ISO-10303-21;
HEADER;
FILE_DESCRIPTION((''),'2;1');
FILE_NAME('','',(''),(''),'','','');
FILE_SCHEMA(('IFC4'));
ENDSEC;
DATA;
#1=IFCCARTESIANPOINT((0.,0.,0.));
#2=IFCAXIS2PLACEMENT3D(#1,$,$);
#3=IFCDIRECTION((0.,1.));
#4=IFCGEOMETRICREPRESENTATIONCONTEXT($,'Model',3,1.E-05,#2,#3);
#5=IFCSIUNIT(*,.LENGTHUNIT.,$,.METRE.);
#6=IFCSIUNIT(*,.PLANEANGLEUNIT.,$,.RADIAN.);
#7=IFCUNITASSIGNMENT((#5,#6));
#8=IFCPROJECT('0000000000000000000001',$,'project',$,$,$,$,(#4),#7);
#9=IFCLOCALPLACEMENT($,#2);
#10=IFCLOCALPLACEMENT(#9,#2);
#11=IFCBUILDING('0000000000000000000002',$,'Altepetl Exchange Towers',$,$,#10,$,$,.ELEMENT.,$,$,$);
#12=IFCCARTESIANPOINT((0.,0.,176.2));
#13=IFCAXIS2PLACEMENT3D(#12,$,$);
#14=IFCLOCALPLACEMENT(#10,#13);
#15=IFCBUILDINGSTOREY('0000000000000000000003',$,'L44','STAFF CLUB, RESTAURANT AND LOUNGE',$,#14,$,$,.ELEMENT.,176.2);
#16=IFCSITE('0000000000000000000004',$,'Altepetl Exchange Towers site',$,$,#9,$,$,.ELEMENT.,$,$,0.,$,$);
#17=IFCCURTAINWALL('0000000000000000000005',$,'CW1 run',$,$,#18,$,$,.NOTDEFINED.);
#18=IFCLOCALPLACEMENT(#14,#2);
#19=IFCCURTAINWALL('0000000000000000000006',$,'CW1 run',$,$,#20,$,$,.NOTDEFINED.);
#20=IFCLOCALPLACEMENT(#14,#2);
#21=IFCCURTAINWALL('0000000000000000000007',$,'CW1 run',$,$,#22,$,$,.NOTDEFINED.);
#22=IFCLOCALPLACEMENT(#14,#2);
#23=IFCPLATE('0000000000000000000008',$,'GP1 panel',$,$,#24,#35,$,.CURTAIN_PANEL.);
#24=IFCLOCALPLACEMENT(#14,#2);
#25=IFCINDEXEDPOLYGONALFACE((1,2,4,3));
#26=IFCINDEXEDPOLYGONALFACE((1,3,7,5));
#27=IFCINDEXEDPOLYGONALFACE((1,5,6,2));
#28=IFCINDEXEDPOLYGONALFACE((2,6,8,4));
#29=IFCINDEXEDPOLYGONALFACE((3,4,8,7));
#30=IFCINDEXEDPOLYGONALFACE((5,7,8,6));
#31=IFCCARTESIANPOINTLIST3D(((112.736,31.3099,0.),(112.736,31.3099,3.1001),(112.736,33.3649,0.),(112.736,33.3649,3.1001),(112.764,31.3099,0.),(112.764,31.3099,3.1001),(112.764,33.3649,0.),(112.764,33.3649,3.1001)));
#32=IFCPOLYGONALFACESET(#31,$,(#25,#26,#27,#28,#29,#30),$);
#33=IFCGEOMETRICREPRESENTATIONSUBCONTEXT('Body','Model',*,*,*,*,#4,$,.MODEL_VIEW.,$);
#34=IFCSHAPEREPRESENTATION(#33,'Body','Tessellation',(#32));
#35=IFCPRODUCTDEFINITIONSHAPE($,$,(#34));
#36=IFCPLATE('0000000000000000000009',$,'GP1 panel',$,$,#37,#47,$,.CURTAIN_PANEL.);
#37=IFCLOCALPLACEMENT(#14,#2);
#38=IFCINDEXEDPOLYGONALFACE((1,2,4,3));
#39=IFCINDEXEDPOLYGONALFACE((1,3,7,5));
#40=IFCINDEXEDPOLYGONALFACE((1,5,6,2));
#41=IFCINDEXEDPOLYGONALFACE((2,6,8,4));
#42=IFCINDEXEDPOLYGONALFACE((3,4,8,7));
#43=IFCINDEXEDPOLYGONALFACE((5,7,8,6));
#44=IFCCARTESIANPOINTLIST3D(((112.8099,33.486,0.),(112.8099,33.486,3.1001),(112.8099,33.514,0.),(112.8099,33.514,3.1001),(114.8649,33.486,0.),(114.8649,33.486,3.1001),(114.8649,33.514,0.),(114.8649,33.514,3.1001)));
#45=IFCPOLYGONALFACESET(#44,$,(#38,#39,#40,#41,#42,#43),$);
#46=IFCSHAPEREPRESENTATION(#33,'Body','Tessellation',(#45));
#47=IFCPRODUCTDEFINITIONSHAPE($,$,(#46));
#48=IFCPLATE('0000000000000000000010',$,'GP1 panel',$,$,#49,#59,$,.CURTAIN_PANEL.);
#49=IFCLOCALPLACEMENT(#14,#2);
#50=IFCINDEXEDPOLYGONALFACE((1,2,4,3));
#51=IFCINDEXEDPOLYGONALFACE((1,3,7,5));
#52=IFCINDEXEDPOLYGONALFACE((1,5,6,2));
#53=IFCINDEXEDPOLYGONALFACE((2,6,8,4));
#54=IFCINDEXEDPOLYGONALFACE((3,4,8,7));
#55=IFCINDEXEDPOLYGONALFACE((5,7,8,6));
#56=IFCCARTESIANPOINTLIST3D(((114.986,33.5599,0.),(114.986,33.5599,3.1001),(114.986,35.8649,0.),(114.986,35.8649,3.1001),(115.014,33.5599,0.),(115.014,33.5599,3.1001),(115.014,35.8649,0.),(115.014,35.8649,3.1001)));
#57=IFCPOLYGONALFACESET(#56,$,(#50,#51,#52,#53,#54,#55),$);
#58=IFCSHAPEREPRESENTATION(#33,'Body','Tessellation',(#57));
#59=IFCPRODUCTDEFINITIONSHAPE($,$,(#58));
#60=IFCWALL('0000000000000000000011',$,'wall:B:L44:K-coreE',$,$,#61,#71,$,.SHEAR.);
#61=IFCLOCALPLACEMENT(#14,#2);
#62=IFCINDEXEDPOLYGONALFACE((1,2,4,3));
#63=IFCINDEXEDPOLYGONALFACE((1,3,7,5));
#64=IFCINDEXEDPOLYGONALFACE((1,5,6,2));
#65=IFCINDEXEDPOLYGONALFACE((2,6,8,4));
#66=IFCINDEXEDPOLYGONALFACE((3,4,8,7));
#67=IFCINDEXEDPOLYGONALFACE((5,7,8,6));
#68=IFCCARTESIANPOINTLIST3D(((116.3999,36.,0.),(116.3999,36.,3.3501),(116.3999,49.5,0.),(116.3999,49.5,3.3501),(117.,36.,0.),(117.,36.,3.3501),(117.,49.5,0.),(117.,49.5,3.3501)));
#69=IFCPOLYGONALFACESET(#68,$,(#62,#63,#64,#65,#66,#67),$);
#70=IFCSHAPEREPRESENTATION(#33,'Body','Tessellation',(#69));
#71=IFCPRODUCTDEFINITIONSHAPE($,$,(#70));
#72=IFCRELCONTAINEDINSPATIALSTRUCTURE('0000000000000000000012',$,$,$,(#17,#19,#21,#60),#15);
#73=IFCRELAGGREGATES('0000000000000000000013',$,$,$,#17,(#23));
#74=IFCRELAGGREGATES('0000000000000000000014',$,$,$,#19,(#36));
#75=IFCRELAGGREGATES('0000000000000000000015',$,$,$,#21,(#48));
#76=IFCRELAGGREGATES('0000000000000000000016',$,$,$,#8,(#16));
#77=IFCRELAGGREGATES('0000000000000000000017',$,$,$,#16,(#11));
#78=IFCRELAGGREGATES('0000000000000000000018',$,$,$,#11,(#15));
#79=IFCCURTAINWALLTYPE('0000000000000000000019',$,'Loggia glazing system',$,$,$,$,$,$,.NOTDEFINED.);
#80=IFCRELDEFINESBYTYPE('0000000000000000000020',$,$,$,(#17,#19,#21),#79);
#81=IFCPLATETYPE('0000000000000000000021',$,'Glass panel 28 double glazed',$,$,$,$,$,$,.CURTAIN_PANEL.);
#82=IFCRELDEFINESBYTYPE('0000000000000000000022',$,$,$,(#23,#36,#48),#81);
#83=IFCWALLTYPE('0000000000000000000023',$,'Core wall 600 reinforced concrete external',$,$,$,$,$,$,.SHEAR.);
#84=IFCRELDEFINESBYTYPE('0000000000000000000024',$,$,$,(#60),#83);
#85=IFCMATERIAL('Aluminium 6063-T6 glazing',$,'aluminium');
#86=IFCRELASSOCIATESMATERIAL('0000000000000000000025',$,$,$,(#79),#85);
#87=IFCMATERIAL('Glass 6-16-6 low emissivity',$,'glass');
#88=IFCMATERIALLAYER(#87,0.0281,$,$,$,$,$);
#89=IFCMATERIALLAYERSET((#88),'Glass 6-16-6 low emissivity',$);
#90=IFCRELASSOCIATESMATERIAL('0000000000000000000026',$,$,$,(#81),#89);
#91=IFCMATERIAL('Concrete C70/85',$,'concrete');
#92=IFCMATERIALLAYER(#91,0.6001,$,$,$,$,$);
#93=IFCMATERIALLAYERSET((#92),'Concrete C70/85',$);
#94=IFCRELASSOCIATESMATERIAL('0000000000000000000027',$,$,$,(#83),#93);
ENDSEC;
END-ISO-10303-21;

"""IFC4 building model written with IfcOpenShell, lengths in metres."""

from ifc_helpers import new_model, si_unit, direction, frame, frame_2d, origin, origin_2d, place, context, subcontext, project, spatial, rectangle, extrude, material, layer, layer_set, type_object, element, aggregate, save


model = new_model("IFC4")

# Units and contexts
model_context = context("Model", 3, precision=1e-05, world=origin(), true_north=direction((0.0, 1.0)))
body_context = subcontext(model_context, "Body", "Model", "MODEL_VIEW")
ifc_project = project(units=[si_unit("LENGTHUNIT", "METRE"), si_unit("PLANEANGLEUNIT", "RADIAN")], contexts=[model_context])

# Site, building, storey
site_placement = place(None, origin())
site = spatial("IfcSite", under=ifc_project, at=site_placement, Name="Altepetl Exchange Towers site", CompositionType="ELEMENT", RefElevation=0.0)
building_placement = place(site_placement, origin())
building = spatial("IfcBuilding", under=site, at=building_placement, Name="Altepetl Exchange Towers", CompositionType="ELEMENT")
storey_placement = place(building_placement, frame((0.0, 0.0, 176.2)))
storey = spatial("IfcBuildingStorey", under=building, at=storey_placement, Name="L44", Description="STAFF CLUB, RESTAURANT AND LOUNGE", CompositionType="ELEMENT", Elevation=176.2)

# Shared definitions
ifc_material_1 = material(Name="Aluminium 6063-T6 glazing", Category="aluminium")
curtain_wall_type = type_object("IfcCurtainWallType", Name="Loggia glazing system", PredefinedType="NOTDEFINED", material=ifc_material_1)

# Curtain walls
curtain_wall_1_placement = place(storey_placement, origin())
curtain_wall_1 = element("IfcCurtainWall", 1, at=curtain_wall_1_placement, inside=storey, type_object=curtain_wall_type, Name="CW1 run", PredefinedType="NOTDEFINED")
curtain_wall_2_placement = place(storey_placement, origin())
curtain_wall_2 = element("IfcCurtainWall", 2, at=curtain_wall_2_placement, inside=storey, type_object=curtain_wall_type, Name="CW1 run", PredefinedType="NOTDEFINED")
curtain_wall_3_placement = place(storey_placement, origin())
curtain_wall_3 = element("IfcCurtainWall", 3, at=curtain_wall_3_placement, inside=storey, type_object=curtain_wall_type, Name="CW1 run", PredefinedType="NOTDEFINED")

# Plates
ifc_material_2 = material(Name="Glass 6-16-6 low emissivity", Category="glass")
ifc_layer_1 = layer(ifc_material_2, 0.0281)
ifc_layer_set_1 = layer_set([ifc_layer_1], Name="Glass 6-16-6 low emissivity")
plate_type = type_object("IfcPlateType", Name="Glass panel 28 double glazed", PredefinedType="CURTAIN_PANEL", material=ifc_layer_set_1)
plate_1_placement = place(storey_placement, frame((112.75, 32.3374, 0.0), z_axis=(0.0, 0.0, 1.0), x_axis=(0.0, 1.0, 0.0)))
plate_1 = element("IfcPlate", 4, at=plate_1_placement, type_object=plate_type, Name="GP1 panel", PredefinedType="CURTAIN_PANEL", context=body_context, shape_type="SweptSolid", body=[
    extrude(rectangle(XDim=2.0549, YDim=0.0281, at=origin_2d()), origin(), (0.0, 0.0, 1.0), 3.1001),
])
aggregate(curtain_wall_1, [plate_1])
plate_2_placement = place(storey_placement, frame((113.8374, 33.5, 0.0)))
plate_2 = element("IfcPlate", 5, at=plate_2_placement, type_object=plate_type, Name="GP1 panel", PredefinedType="CURTAIN_PANEL", context=body_context, shape_type="SweptSolid", body=[
    extrude(rectangle(XDim=2.0549, YDim=0.0281, at=origin_2d()), origin(), (0.0, 0.0, 1.0), 3.1001),
])
aggregate(curtain_wall_2, [plate_2])
plate_3_placement = place(storey_placement, frame((115.0, 34.7124, 0.0), z_axis=(0.0, 0.0, 1.0), x_axis=(0.0, 1.0, 0.0)))
plate_3 = element("IfcPlate", 6, at=plate_3_placement, type_object=plate_type, Name="GP1 panel", PredefinedType="CURTAIN_PANEL", context=body_context, shape_type="SweptSolid", body=[
    extrude(rectangle(XDim=2.3049, YDim=0.0281, at=origin_2d()), origin(), (0.0, 0.0, 1.0), 3.1001),
])
aggregate(curtain_wall_3, [plate_3])

# Wall
ifc_material_3 = material(Name="Concrete C70/85", Category="concrete")
ifc_layer_2 = layer(ifc_material_3, 0.6001)
ifc_layer_set_2 = layer_set([ifc_layer_2], Name="Concrete C70/85")
wall_type = type_object("IfcWallType", Name="Core wall 600 reinforced concrete external", PredefinedType="SHEAR", material=ifc_layer_set_2)
wall_placement = place(storey_placement, frame((116.7, 36.0, 0.0), z_axis=(0.0, 0.0, 1.0), x_axis=(0.0, 1.0, 0.0)))
element("IfcWall", 7, at=wall_placement, inside=storey, type_object=wall_type, Name="wall:B:L44:K-coreE", PredefinedType="SHEAR", context=body_context, shape_type="SweptSolid", body=[
    extrude(rectangle(XDim=13.5, YDim=0.6001, at=frame_2d((6.75, 0.0))), origin(), (0.0, 0.0, 1.0), 3.3501),
])

save(model, "model.ifc")
